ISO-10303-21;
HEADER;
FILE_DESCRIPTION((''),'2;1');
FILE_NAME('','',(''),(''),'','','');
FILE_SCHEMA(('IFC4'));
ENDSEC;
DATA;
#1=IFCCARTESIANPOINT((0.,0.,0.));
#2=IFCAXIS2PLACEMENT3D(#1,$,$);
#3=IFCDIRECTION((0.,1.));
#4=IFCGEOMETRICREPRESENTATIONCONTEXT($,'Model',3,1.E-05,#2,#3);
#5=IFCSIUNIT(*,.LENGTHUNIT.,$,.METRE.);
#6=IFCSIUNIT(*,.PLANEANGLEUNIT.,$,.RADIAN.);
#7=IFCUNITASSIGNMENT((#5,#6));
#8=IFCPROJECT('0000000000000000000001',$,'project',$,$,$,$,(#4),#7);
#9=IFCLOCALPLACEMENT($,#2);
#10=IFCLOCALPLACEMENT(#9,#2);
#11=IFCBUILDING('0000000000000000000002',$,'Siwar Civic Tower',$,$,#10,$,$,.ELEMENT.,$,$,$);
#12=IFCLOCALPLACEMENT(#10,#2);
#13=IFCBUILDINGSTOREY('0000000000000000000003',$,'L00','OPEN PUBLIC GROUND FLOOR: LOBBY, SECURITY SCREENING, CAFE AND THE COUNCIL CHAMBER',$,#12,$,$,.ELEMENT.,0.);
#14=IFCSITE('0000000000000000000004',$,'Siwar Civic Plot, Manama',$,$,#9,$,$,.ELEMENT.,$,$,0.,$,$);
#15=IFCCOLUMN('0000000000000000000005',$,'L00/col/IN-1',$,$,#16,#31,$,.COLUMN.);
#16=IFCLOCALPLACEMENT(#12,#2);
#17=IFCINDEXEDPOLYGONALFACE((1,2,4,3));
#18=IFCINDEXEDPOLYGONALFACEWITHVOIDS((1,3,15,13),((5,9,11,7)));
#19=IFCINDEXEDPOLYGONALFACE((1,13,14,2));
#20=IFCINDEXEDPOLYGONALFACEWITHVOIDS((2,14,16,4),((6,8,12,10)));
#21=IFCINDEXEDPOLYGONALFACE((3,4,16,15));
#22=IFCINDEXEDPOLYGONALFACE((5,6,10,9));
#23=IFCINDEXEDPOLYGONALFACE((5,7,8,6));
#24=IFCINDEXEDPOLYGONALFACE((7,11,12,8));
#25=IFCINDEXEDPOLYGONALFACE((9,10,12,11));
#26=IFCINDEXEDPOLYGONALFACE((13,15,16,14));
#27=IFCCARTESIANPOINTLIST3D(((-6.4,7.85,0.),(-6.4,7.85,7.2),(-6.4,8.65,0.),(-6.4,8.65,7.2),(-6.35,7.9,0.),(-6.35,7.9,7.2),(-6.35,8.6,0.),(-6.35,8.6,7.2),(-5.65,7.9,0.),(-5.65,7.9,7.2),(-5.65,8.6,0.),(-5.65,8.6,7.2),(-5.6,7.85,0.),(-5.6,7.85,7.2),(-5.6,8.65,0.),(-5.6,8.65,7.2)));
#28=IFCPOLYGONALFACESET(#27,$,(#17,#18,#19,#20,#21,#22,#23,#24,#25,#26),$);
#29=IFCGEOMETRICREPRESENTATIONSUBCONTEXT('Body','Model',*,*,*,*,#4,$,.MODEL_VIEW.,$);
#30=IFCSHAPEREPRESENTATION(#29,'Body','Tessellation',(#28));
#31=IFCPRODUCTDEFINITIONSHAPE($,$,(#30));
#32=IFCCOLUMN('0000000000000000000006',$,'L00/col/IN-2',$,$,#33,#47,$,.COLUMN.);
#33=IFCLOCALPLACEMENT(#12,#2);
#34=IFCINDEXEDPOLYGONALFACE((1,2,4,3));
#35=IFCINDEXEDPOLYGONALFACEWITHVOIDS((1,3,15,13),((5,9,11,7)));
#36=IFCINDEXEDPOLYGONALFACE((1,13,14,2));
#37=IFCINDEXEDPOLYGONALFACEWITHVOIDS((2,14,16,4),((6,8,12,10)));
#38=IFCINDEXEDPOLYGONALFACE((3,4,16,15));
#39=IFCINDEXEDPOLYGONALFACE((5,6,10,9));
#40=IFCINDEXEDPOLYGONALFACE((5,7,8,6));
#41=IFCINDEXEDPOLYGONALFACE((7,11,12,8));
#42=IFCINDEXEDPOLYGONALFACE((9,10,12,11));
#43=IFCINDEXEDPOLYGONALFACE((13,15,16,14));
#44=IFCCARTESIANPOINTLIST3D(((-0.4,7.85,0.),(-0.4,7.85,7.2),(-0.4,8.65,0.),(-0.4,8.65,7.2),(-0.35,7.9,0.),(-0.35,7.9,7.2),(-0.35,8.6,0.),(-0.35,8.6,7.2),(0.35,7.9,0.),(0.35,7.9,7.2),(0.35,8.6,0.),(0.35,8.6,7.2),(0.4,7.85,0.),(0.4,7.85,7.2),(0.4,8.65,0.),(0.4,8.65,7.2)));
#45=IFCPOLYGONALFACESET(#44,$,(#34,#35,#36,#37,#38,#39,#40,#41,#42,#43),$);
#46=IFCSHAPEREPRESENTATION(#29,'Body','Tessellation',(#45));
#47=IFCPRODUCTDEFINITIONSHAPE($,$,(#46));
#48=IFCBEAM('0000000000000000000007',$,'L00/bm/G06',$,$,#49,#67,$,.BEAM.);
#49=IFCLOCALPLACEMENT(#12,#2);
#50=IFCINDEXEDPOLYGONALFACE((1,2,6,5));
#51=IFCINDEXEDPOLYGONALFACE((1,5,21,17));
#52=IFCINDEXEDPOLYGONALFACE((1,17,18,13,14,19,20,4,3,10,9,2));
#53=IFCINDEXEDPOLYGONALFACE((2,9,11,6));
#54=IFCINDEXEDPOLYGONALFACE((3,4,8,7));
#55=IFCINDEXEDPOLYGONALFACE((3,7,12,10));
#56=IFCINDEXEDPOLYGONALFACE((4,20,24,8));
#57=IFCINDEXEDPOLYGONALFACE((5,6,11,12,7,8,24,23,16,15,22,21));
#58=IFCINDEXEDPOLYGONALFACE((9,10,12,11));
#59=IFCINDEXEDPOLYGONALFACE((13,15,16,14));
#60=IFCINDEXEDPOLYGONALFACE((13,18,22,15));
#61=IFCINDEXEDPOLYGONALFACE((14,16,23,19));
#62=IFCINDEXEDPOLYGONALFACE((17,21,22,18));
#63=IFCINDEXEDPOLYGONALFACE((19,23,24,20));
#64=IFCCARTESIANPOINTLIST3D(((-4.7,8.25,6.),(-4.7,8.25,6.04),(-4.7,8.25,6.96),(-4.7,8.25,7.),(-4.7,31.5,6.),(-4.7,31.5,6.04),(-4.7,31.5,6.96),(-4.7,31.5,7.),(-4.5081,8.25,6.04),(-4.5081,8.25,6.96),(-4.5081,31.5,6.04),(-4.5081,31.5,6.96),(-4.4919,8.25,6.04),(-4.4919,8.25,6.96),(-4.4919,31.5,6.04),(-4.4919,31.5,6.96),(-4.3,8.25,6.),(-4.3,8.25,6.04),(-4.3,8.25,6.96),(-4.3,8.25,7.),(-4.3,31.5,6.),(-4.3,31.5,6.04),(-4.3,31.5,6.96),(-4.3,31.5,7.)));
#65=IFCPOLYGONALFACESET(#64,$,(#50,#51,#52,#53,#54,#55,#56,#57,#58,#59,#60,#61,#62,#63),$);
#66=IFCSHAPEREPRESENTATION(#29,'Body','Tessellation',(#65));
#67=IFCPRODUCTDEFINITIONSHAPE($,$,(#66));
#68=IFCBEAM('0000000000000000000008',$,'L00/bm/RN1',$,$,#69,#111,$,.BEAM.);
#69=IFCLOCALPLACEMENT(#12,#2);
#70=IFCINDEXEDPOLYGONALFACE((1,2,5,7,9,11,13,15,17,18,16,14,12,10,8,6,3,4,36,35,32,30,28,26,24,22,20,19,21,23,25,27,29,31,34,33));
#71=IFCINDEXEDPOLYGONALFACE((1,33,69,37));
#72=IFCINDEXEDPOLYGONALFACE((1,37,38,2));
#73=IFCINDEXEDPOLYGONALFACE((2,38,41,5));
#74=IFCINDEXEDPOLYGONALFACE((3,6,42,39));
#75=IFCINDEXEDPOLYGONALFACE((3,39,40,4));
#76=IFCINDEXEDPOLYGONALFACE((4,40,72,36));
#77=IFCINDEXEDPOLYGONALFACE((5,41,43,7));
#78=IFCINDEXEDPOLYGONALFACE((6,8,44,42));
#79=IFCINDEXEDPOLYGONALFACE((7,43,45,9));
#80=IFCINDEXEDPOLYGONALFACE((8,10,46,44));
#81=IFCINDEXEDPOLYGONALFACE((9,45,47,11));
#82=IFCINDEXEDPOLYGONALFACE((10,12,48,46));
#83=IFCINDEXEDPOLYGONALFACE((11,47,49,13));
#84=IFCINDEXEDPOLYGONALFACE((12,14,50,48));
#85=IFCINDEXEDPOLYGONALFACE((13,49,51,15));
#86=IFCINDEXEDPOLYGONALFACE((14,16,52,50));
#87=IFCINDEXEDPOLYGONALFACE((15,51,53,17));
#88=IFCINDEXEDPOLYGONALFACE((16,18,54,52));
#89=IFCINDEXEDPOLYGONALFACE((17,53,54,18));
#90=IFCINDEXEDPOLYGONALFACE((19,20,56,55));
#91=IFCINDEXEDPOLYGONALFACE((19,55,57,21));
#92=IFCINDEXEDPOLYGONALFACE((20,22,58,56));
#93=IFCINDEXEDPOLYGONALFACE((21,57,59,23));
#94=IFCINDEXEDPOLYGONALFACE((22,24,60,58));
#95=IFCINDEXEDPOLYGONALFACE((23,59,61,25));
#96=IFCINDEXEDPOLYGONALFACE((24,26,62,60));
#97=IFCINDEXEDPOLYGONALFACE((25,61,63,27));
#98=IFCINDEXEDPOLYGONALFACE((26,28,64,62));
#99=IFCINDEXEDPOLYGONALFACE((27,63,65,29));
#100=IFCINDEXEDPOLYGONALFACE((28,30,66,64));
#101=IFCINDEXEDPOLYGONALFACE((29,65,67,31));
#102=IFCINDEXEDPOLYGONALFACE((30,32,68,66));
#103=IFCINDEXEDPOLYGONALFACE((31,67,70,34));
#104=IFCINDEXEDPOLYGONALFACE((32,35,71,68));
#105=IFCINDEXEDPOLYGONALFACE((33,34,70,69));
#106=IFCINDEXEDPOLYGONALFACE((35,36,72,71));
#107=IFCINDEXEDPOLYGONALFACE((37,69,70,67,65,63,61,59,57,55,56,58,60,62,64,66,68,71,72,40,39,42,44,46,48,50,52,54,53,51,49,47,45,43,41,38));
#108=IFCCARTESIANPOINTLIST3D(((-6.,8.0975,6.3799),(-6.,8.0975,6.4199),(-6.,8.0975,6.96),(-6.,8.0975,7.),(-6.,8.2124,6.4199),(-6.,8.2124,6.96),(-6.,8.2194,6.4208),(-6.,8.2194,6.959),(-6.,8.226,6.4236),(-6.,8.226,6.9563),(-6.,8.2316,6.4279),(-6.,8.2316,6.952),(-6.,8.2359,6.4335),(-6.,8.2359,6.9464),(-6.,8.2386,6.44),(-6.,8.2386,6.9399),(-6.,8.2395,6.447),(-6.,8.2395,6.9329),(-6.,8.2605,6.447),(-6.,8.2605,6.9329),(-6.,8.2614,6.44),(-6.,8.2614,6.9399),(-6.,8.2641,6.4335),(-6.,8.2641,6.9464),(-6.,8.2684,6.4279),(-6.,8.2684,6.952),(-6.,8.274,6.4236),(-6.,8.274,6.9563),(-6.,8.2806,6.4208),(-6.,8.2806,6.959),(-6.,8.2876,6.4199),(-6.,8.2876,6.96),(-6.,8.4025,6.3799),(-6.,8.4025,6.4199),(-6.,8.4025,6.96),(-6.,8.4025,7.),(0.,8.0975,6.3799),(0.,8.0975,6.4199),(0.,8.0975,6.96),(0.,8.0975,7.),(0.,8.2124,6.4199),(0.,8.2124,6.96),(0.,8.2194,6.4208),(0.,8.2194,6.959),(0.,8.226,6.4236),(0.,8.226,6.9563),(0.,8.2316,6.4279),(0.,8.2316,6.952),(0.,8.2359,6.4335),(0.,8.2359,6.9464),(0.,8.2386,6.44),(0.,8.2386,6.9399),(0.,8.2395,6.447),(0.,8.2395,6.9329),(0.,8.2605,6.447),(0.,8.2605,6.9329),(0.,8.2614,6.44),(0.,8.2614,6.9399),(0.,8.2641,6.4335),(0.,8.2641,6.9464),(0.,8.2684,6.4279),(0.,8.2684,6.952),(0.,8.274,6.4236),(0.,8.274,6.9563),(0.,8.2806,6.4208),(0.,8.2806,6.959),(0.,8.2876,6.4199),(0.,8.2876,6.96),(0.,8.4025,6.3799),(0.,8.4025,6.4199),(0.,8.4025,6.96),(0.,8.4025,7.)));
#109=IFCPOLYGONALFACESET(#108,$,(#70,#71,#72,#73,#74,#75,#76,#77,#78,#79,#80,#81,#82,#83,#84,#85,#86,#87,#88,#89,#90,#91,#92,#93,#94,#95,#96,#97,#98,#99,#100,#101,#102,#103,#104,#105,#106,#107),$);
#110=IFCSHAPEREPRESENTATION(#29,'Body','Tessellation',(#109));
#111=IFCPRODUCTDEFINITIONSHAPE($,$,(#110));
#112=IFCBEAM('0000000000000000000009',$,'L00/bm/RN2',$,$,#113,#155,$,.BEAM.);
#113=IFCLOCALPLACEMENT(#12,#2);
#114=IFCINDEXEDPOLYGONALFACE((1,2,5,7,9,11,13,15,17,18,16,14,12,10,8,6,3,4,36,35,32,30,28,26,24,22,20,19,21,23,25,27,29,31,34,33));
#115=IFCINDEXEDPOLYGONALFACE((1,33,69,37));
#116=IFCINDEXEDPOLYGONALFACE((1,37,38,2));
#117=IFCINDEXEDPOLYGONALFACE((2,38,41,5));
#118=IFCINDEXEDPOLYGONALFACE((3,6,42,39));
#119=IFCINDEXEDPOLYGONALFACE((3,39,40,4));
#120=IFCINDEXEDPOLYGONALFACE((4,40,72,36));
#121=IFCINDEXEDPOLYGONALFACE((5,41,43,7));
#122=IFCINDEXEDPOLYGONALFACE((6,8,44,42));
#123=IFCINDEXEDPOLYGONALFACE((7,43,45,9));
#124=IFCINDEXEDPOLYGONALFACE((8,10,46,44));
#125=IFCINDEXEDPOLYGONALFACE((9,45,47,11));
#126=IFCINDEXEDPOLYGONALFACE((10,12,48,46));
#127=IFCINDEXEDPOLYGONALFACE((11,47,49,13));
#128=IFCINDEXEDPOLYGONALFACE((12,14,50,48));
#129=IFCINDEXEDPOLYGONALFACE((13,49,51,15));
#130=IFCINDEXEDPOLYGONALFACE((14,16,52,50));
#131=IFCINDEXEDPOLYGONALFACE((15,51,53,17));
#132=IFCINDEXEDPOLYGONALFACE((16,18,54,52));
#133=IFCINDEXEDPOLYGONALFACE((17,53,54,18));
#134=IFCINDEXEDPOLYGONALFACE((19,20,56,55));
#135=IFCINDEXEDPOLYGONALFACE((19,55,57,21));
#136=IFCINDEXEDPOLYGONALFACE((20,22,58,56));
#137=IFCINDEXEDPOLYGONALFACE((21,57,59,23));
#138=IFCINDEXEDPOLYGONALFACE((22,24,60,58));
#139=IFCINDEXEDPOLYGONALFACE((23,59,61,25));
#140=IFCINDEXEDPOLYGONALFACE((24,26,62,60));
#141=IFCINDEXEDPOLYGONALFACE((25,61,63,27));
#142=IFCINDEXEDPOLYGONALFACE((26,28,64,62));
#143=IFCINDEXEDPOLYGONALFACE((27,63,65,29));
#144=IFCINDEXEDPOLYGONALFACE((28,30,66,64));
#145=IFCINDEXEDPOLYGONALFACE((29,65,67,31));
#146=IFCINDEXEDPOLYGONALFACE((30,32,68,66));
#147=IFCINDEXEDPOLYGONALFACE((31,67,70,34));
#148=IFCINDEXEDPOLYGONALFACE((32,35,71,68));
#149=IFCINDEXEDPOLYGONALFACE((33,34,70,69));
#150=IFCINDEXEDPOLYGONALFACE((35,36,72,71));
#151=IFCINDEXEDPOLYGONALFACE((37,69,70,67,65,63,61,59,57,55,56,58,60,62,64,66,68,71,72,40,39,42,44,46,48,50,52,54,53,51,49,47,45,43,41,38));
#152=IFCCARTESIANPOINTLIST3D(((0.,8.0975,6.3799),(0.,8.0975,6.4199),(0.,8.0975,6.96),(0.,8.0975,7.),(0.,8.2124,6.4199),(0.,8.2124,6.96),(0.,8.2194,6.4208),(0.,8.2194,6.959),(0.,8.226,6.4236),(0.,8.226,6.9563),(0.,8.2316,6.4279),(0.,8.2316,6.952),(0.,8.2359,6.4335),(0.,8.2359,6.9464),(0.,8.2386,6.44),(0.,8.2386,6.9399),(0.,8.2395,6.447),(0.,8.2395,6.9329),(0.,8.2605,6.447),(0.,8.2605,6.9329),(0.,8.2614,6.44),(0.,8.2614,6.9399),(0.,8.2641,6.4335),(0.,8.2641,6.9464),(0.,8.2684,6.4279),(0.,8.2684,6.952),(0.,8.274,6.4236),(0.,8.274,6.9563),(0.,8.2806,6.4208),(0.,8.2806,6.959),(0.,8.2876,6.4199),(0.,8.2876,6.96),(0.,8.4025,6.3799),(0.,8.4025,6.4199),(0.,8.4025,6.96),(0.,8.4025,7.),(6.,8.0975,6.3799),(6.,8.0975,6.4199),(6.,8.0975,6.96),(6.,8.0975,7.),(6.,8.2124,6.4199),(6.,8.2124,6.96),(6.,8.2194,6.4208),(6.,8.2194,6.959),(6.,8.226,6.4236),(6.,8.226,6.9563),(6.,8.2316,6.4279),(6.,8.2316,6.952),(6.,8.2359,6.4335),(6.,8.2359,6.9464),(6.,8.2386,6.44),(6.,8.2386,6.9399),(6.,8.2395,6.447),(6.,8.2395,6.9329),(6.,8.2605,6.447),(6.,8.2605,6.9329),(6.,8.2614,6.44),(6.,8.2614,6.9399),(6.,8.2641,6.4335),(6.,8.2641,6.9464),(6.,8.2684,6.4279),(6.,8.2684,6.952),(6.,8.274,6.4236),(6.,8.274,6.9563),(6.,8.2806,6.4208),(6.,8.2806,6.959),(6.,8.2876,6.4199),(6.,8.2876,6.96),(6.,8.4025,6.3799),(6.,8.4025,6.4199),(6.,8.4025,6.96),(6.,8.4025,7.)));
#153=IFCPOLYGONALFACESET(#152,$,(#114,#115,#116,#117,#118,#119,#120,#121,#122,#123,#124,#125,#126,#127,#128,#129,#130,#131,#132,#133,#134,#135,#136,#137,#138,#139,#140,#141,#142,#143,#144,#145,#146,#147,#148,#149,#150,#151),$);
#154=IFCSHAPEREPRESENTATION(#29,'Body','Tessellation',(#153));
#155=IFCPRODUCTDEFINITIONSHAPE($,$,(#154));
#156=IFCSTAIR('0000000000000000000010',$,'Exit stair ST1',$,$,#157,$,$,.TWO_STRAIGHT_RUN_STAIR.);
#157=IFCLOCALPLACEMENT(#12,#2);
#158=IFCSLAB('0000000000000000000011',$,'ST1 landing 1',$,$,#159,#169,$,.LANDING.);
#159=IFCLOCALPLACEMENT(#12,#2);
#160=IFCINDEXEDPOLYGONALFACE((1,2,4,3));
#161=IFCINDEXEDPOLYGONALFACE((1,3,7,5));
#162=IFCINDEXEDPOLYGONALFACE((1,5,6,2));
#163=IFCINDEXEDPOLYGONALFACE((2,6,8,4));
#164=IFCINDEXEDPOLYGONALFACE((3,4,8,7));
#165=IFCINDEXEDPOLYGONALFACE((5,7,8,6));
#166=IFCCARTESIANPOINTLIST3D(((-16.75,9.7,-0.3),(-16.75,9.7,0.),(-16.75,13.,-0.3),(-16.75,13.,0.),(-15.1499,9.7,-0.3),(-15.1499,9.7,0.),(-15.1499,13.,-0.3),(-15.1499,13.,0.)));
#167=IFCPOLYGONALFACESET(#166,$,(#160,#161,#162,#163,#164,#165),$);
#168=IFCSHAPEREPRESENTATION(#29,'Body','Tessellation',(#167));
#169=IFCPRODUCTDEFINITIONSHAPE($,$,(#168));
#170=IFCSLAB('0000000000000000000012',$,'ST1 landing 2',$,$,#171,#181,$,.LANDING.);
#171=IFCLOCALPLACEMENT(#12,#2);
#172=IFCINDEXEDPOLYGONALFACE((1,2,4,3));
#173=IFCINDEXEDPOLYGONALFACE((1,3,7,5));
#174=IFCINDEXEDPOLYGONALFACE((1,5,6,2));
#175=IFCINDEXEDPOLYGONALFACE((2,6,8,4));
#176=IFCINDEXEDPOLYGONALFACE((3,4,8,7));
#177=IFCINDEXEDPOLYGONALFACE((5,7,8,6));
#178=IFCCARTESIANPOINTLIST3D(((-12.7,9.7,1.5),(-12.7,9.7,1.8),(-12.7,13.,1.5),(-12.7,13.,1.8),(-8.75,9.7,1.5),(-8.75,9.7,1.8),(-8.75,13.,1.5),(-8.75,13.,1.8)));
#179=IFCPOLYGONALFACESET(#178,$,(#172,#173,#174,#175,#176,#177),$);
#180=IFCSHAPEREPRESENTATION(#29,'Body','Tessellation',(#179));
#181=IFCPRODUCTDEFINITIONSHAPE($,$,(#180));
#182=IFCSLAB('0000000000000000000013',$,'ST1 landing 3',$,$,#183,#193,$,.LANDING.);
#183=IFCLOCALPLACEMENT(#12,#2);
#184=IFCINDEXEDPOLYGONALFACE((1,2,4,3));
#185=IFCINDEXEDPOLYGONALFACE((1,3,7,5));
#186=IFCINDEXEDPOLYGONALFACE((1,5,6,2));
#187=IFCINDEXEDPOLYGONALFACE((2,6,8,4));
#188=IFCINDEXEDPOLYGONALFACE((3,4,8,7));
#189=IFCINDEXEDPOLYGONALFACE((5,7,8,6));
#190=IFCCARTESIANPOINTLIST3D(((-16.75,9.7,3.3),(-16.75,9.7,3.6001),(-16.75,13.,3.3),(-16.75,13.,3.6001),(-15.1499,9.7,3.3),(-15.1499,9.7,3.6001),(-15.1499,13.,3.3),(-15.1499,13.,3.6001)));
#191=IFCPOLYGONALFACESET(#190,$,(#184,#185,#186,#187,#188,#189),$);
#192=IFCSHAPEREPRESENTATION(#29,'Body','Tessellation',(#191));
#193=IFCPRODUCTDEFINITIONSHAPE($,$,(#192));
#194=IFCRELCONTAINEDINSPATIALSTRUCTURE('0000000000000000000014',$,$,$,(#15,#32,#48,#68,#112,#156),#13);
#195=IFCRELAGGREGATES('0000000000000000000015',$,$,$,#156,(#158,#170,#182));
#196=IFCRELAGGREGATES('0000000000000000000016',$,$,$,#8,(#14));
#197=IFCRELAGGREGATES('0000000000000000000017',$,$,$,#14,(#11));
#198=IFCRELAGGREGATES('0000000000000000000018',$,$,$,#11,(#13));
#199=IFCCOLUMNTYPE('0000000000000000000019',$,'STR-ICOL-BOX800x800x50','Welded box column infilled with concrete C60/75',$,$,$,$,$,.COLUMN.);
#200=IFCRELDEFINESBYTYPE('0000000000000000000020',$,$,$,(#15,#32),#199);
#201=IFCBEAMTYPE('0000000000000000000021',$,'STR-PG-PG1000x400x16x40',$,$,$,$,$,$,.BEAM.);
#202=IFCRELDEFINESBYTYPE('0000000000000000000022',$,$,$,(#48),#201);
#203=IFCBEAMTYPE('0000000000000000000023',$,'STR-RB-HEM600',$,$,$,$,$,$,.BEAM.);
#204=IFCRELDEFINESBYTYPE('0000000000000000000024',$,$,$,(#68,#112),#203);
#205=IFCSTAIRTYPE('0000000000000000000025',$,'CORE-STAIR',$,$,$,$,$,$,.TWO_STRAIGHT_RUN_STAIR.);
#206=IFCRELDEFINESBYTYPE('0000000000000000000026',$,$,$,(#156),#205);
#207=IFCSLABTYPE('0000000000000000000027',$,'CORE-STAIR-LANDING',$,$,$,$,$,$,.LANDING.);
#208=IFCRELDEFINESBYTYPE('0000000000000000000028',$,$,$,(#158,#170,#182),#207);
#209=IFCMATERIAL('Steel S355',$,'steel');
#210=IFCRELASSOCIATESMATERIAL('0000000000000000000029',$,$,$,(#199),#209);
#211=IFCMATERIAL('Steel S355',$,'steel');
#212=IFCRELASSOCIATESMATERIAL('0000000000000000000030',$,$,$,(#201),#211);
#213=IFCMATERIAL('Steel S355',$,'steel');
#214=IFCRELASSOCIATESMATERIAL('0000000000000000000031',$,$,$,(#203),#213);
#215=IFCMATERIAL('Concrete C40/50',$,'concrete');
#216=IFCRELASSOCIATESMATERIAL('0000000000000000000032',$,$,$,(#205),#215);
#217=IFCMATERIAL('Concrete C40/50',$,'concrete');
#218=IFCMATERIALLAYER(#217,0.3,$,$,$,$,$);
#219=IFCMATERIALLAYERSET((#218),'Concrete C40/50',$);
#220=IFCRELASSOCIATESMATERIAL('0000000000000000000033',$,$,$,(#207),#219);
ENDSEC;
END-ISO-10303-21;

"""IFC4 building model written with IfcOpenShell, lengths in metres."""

from ifc_helpers import new_model, si_unit, direction, frame, origin, origin_2d, place, context, subcontext, project, spatial, polyline, hollow_rectangle, i_section, outline, extrude, material, layer, layer_set, material_profile, profile_set, type_object, element, aggregate, save


model = new_model("IFC4")

# Units and contexts
model_context = context("Model", 3, precision=1e-05, world=origin(), true_north=direction((0.0, 1.0)))
body_context = subcontext(model_context, "Body", "Model", "MODEL_VIEW")
ifc_project = project(units=[si_unit("LENGTHUNIT", "METRE"), si_unit("PLANEANGLEUNIT", "RADIAN")], contexts=[model_context])

# Site, building, storey
site_placement = place(None, origin())
site = spatial("IfcSite", under=ifc_project, at=site_placement, Name="Siwar Civic Plot, Manama", CompositionType="ELEMENT", RefElevation=0.0)
building_placement = place(site_placement, origin())
building = spatial("IfcBuilding", under=site, at=building_placement, Name="Siwar Civic Tower", CompositionType="ELEMENT")
storey_placement = place(building_placement, origin())
storey = spatial("IfcBuildingStorey", under=building, at=storey_placement, Name="L00", Description="OPEN PUBLIC GROUND FLOOR: LOBBY, SECURITY SCREENING, CAFE AND THE COUNCIL CHAMBER", CompositionType="ELEMENT", Elevation=0.0)

# Columns
ifc_material_1 = material(Name="Steel S355", Category="steel")
ifc_material_profile_1 = material_profile(ifc_material_1, hollow_rectangle(XDim=0.8, YDim=0.8, WallThickness=0.05, at=origin_2d()), Name="BOX800x800x50")
ifc_profile_set_1 = profile_set([ifc_material_profile_1], Name="Steel S355")
column_type = type_object("IfcColumnType", Name="STR-ICOL-BOX800x800x50", Description="Welded box column infilled with concrete C60/75", PredefinedType="COLUMN", material=ifc_profile_set_1)
for number, where, z_axis, x_axis, name in (
    (1, (-6.0, 8.25, 0.0), (0.0, 0.0, 1.0), (1.0, 0.0, 0.0), "L00/col/IN-1"),
    (2, (0.0, 8.25, 0.0), (0.0, 0.0, 1.0), (1.0, 0.0, 0.0), "L00/col/IN-2"),
):
    element("IfcColumn", number, at=place(storey_placement, frame(where, z_axis=z_axis, x_axis=x_axis)), inside=storey, type_object=column_type, Name=name, PredefinedType="COLUMN", context=body_context, shape_type="SweptSolid", body=[
        extrude(hollow_rectangle(XDim=0.8, YDim=0.8, WallThickness=0.05, at=origin_2d()), origin(), (0.0, 0.0, 1.0), 7.2),
    ])

# Beams
ifc_material_2 = material(Name="Steel S355", Category="steel")
ifc_material_profile_2 = material_profile(ifc_material_2, i_section(OverallWidth=0.3999, OverallDepth=1.0, WebThickness=0.0161, FlangeThickness=0.04, at=origin_2d()), Name="PG1000x400x16x40")
ifc_profile_set_2 = profile_set([ifc_material_profile_2], Name="Steel S355")
beam_type_1 = type_object("IfcBeamType", Name="STR-PG-PG1000x400x16x40", PredefinedType="BEAM", material=ifc_profile_set_2)
beam_placement = place(storey_placement, frame((-4.5, 8.25, 6.5), z_axis=(0.0, 1.0, 0.0), x_axis=(-1.0, 0.0, 0.0)))
element("IfcBeam", 3, at=beam_placement, inside=storey, type_object=beam_type_1, Name="L00/bm/G06", PredefinedType="BEAM", context=body_context, shape_type="SweptSolid", body=[
    extrude(i_section(OverallWidth=0.3999, OverallDepth=1.0, WebThickness=0.0161, FlangeThickness=0.04, at=origin_2d()), origin(), (0.0, 0.0, 1.0), 23.25),
])
ifc_material_3 = material(Name="Steel S355", Category="steel")
ifc_material_profile_3 = material_profile(ifc_material_3, i_section(OverallWidth=0.3049, OverallDepth=0.6201, WebThickness=0.021, FlangeThickness=0.04, FilletRadius=0.0271, at=origin_2d()), Name="HEM600")
ifc_profile_set_3 = profile_set([ifc_material_profile_3], Name="Steel S355")
beam_type_2 = type_object("IfcBeamType", Name="STR-RB-HEM600", PredefinedType="BEAM", material=ifc_profile_set_3)
for number, where, z_axis, x_axis, name in (
    (4, (-6.0, 8.25, 6.6899), (1.0, 0.0, 0.0), (0.0, 1.0, 0.0), "L00/bm/RN1"),
    (5, (0.0, 8.25, 6.6899), (1.0, 0.0, 0.0), (0.0, 1.0, 0.0), "L00/bm/RN2"),
):
    element("IfcBeam", number, at=place(storey_placement, frame(where, z_axis=z_axis, x_axis=x_axis)), inside=storey, type_object=beam_type_2, Name=name, PredefinedType="BEAM", context=body_context, shape_type="SweptSolid", body=[
        extrude(i_section(OverallWidth=0.3049, OverallDepth=0.6201, WebThickness=0.021, FlangeThickness=0.04, FilletRadius=0.0271, at=origin_2d()), origin(), (0.0, 0.0, 1.0), 6.0),
    ])

# Stair, slabs
ifc_material_4 = material(Name="Concrete C40/50", Category="concrete")
stair_type = type_object("IfcStairType", Name="CORE-STAIR", PredefinedType="TWO_STRAIGHT_RUN_STAIR", material=ifc_material_4)
stair_1_placement = place(storey_placement, origin())
stair_1 = element("IfcStair", 6, at=stair_1_placement, inside=storey, type_object=stair_type, Name="Exit stair ST1", PredefinedType="TWO_STRAIGHT_RUN_STAIR")
ifc_material_5 = material(Name="Concrete C40/50", Category="concrete")
ifc_layer_1 = layer(ifc_material_5, 0.3)
ifc_layer_set_1 = layer_set([ifc_layer_1], Name="Concrete C40/50")
slab_type_1 = type_object("IfcSlabType", Name="CORE-STAIR-LANDING", PredefinedType="LANDING", material=ifc_layer_set_1)
slab_1_placement = place(storey_placement, frame((0.0, 0.0, -0.3)))
slab_1 = element("IfcSlab", 7, at=slab_1_placement, type_object=slab_type_1, Name="ST1 landing 1", PredefinedType="LANDING", context=body_context, shape_type="SweptSolid", body=[
    extrude(outline(polyline([(-15.1499, 13.0), (-16.75, 13.0), (-16.75, 9.7), (-15.1499, 9.7), (-15.1499, 13.0)])), origin(), (0.0, 0.0, 1.0), 0.3),
])
slab_2_placement = place(storey_placement, frame((0.0, 0.0, 1.5)))
slab_2 = element("IfcSlab", 8, at=slab_2_placement, type_object=slab_type_1, Name="ST1 landing 2", PredefinedType="LANDING", context=body_context, shape_type="SweptSolid", body=[
    extrude(outline(polyline([(-8.75, 13.0), (-12.7, 13.0), (-12.7, 9.7), (-8.75, 9.7), (-8.75, 13.0)])), origin(), (0.0, 0.0, 1.0), 0.3),
])
slab_3_placement = place(storey_placement, frame((0.0, 0.0, 3.3)))
slab_3 = element("IfcSlab", 9, at=slab_3_placement, type_object=slab_type_1, Name="ST1 landing 3", PredefinedType="LANDING", context=body_context, shape_type="SweptSolid", body=[
    extrude(outline(polyline([(-15.1499, 13.0), (-16.75, 13.0), (-16.75, 9.7), (-15.1499, 9.7), (-15.1499, 13.0)])), origin(), (0.0, 0.0, 1.0), 0.3),
])
aggregate(stair_1, [slab_1, slab_2, slab_3])

save(model, "model.ifc")
